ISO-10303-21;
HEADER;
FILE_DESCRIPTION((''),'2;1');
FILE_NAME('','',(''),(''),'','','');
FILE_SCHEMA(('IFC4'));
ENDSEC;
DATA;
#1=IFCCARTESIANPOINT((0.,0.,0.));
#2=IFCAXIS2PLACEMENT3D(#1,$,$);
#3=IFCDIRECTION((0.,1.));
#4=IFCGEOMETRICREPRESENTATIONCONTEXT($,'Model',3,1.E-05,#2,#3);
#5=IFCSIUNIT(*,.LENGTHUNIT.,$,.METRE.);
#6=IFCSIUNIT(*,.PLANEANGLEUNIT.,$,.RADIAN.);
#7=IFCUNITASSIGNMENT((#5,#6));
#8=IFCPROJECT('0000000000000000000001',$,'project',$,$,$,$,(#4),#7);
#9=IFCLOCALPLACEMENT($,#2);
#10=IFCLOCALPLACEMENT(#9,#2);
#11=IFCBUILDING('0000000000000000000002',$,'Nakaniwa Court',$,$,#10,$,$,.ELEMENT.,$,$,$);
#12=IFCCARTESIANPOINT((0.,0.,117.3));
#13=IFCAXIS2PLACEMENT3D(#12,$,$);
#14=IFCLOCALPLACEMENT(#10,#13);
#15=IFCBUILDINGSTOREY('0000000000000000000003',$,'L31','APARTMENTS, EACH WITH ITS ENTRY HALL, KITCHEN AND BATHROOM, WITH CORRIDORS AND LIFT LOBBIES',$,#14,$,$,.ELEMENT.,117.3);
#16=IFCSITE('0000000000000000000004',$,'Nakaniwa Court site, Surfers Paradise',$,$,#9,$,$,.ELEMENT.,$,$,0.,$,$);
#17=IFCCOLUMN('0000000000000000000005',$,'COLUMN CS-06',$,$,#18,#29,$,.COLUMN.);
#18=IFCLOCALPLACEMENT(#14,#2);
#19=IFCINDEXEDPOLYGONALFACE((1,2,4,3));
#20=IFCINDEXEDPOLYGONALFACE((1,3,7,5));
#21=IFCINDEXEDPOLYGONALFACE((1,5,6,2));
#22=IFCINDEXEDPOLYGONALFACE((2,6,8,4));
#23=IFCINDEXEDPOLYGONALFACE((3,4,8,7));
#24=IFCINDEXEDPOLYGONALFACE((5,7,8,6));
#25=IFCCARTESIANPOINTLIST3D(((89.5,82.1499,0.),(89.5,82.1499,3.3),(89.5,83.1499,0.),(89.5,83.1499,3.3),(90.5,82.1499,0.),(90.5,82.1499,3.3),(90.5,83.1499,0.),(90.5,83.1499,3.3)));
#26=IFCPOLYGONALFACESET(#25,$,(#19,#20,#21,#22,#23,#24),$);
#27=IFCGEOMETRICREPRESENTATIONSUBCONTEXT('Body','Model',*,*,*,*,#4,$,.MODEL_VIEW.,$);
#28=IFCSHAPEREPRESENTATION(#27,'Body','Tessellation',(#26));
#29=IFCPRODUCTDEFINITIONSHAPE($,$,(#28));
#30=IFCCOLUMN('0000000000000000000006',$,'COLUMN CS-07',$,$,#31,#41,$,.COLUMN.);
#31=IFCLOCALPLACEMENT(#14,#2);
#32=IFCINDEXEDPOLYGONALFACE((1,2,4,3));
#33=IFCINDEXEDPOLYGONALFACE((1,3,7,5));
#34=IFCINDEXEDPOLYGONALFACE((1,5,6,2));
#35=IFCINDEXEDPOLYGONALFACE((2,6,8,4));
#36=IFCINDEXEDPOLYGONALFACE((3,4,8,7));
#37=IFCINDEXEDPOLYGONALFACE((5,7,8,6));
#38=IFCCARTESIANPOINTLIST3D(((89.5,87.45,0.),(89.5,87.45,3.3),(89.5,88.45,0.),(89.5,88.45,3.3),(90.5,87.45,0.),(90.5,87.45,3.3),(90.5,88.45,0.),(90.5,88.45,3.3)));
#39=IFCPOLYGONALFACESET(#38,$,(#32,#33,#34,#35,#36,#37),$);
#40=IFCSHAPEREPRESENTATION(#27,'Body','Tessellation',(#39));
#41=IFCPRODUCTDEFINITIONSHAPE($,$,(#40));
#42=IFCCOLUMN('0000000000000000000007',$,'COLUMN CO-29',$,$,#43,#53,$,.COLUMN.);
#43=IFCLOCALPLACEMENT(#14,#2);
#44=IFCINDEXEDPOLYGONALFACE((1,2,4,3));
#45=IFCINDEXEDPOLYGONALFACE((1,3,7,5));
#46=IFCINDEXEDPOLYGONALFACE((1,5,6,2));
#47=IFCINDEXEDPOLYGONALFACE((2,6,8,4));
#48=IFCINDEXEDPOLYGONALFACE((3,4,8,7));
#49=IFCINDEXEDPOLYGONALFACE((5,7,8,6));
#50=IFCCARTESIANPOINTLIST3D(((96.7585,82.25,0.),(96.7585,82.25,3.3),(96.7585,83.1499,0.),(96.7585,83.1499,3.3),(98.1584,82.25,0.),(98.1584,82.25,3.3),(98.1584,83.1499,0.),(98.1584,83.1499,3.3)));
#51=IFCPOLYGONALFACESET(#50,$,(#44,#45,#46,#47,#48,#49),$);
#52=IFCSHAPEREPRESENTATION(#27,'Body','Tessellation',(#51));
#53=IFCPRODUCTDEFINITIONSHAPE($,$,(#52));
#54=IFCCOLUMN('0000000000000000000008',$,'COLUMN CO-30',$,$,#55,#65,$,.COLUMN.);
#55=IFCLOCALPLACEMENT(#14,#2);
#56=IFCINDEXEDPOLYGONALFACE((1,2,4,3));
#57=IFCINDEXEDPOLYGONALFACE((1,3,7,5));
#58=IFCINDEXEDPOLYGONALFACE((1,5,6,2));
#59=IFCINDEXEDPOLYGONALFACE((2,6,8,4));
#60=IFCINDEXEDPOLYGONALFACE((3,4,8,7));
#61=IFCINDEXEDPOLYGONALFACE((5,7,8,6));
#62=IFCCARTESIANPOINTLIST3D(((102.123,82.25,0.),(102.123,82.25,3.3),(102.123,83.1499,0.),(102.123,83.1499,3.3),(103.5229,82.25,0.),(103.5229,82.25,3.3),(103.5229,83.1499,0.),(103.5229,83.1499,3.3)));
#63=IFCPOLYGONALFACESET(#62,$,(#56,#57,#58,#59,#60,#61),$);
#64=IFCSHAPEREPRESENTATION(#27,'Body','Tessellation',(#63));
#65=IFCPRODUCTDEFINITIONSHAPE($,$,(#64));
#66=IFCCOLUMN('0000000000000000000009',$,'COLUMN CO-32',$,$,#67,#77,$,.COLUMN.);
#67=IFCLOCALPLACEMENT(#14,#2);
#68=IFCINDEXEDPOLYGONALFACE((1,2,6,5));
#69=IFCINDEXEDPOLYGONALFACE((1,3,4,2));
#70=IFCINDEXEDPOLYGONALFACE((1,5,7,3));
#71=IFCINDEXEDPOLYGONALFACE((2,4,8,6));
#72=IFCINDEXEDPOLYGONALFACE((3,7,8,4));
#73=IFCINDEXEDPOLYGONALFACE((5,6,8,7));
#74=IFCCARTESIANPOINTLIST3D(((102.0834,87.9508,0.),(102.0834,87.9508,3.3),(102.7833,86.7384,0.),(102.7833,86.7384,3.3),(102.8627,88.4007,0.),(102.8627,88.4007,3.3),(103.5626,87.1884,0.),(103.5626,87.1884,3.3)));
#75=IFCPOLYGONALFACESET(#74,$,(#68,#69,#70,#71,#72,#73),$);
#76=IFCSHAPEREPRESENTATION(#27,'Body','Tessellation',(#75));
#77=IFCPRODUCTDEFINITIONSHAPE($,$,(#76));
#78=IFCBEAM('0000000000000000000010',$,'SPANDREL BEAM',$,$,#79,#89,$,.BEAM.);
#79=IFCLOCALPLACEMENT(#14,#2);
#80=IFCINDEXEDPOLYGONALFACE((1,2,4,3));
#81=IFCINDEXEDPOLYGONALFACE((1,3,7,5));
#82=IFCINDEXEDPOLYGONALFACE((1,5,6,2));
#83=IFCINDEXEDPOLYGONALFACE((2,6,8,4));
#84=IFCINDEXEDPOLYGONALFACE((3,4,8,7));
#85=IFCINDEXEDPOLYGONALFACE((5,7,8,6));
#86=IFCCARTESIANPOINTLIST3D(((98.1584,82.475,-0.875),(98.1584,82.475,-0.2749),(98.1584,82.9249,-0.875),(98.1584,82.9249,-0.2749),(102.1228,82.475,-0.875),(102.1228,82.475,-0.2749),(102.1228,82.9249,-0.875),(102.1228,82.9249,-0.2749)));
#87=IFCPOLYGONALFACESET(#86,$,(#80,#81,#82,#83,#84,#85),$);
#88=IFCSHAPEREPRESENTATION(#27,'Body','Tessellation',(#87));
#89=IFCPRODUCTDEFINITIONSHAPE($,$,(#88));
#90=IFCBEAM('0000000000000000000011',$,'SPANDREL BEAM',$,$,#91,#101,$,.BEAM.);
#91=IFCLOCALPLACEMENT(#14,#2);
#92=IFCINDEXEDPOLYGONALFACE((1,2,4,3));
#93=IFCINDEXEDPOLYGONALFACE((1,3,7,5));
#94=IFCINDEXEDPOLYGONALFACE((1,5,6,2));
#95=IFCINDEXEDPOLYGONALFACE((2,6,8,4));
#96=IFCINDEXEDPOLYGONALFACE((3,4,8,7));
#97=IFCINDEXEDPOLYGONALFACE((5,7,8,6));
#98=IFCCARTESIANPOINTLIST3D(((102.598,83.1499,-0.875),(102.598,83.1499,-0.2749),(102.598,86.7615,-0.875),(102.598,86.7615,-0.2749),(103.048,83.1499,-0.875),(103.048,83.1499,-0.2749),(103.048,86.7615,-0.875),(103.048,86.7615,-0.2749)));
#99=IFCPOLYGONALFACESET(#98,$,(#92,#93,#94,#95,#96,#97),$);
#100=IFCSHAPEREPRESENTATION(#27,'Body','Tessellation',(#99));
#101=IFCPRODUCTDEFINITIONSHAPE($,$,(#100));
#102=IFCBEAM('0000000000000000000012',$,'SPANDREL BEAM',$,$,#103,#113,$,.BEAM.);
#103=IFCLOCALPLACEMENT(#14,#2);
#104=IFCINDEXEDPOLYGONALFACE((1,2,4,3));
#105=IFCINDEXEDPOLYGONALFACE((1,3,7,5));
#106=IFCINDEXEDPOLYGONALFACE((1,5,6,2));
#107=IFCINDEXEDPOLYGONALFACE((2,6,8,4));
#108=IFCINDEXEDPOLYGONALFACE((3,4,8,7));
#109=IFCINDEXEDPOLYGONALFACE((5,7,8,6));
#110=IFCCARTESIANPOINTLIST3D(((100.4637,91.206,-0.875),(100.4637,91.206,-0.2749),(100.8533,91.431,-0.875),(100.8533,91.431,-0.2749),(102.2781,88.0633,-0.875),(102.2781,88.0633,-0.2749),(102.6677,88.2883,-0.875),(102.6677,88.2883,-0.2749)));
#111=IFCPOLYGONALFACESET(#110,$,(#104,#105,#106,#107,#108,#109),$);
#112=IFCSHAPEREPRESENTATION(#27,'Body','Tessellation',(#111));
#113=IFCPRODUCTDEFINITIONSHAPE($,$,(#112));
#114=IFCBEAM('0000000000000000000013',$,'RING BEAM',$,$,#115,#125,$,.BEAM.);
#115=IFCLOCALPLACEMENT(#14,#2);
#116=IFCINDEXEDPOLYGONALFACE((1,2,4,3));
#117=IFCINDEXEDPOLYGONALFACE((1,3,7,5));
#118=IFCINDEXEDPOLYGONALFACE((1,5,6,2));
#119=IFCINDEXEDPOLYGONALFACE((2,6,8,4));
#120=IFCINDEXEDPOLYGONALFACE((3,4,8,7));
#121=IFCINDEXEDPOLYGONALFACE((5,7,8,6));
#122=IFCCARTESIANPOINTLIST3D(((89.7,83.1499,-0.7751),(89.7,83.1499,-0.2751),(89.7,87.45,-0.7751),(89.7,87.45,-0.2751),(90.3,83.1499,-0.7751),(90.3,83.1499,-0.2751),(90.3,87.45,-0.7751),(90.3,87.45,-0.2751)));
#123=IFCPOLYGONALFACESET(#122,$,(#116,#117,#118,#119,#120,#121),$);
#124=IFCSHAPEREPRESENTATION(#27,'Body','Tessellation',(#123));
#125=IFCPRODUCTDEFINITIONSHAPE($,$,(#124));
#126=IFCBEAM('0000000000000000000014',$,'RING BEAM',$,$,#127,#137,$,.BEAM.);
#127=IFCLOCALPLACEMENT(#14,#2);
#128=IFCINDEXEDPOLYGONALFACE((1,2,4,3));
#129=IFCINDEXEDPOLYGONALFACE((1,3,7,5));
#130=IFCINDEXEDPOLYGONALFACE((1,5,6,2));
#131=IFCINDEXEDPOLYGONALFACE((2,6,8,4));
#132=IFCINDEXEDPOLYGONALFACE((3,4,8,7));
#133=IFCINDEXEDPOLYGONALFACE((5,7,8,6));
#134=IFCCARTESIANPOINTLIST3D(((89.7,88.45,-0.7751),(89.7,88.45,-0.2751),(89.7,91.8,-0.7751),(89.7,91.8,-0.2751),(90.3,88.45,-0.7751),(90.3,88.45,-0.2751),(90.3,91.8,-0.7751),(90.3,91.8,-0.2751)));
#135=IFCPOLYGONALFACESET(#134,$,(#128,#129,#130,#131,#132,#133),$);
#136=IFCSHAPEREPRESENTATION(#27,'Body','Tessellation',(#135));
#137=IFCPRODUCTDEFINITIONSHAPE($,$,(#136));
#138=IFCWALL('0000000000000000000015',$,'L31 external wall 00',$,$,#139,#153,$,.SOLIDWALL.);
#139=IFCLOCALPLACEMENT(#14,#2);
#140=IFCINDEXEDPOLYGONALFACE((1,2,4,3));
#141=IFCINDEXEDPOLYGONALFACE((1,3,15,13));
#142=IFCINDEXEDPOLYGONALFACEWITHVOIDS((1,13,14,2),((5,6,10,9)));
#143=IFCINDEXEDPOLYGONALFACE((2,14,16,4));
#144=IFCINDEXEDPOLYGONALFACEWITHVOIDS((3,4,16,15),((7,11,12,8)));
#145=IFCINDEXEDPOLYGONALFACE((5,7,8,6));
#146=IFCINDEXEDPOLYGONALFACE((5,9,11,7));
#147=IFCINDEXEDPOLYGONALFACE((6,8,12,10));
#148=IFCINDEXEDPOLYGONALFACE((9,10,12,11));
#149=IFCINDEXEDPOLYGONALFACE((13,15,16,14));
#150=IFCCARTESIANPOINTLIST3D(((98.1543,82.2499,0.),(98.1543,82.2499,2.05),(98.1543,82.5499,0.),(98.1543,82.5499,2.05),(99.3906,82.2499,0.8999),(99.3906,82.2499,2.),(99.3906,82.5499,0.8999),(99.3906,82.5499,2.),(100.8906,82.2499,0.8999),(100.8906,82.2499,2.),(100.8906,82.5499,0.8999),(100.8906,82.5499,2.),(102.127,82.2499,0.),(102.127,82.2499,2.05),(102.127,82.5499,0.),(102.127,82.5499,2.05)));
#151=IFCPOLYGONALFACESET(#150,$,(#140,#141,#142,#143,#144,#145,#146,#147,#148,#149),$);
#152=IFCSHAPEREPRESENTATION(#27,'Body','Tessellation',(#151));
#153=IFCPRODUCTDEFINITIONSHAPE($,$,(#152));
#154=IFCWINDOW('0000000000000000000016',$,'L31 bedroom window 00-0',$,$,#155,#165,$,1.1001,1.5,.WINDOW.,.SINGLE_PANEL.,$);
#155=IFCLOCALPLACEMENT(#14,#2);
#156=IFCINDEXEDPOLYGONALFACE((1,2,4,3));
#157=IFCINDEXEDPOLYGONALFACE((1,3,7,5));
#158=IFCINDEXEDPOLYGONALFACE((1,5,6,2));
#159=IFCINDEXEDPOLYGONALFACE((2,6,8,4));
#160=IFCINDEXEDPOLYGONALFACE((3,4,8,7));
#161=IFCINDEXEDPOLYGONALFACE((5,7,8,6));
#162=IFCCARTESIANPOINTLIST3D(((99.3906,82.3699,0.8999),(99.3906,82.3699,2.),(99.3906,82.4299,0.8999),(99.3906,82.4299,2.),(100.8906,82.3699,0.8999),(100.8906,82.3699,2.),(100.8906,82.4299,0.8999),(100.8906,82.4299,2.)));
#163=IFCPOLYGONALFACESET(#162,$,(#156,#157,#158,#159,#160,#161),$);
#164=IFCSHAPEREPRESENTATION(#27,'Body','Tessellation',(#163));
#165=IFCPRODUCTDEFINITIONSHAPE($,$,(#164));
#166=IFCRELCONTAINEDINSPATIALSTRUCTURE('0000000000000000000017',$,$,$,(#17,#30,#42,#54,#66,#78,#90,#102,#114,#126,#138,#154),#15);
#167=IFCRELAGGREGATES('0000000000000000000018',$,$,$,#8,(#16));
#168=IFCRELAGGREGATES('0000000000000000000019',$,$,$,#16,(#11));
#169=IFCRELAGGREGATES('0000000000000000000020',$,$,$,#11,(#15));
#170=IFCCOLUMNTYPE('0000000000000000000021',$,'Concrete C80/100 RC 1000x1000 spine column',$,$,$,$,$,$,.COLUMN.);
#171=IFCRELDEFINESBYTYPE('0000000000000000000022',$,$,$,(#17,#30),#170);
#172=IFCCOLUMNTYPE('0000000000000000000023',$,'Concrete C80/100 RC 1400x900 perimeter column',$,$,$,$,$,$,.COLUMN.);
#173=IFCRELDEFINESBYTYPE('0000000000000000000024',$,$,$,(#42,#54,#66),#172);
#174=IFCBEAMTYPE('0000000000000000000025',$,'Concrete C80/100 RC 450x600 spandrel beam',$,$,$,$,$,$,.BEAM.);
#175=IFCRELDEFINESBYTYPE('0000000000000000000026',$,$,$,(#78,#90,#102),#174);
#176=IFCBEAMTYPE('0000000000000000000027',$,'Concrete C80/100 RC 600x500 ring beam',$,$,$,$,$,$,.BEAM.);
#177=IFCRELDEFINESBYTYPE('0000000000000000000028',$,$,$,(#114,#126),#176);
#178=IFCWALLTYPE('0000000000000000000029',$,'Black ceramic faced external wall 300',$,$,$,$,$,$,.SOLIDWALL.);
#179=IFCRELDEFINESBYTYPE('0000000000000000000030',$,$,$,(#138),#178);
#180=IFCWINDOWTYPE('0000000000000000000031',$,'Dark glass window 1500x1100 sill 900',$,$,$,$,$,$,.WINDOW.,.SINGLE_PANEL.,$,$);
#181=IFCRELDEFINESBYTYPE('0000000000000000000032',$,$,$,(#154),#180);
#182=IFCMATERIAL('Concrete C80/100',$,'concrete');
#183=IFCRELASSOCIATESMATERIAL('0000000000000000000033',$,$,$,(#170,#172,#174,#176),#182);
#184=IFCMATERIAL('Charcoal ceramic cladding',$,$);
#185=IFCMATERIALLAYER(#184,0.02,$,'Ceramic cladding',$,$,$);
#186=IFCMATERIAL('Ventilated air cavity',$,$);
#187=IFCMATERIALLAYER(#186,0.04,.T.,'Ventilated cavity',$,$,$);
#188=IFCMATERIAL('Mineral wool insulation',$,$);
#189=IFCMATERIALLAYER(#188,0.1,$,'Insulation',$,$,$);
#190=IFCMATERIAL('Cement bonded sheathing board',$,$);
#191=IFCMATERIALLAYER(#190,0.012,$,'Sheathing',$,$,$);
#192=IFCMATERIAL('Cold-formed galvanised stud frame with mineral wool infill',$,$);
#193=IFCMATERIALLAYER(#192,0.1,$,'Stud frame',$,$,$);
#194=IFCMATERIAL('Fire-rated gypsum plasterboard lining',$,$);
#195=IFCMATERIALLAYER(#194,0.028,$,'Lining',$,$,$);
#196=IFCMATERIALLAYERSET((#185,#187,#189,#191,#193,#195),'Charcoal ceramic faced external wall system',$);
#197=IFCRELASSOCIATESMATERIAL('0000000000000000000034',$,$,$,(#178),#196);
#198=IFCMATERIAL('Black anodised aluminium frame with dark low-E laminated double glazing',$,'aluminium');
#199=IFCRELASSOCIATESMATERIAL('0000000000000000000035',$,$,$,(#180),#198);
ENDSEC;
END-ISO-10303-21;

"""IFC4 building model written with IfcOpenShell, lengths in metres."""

from ifc_helpers import new_model, si_unit, direction, frame, frame_2d, origin, origin_2d, place, context, subcontext, project, spatial, rectangle, extrude, material, layer, layer_set, material_profile, profile_set, type_object, element, fill, save


model = new_model("IFC4")

# Units and contexts
model_context = context("Model", 3, precision=1e-05, world=origin(), true_north=direction((0.0, 1.0)))
body_context = subcontext(model_context, "Body", "Model", "MODEL_VIEW")
ifc_project = project(units=[si_unit("LENGTHUNIT", "METRE"), si_unit("PLANEANGLEUNIT", "RADIAN")], contexts=[model_context])

# Site, building, storey
site_placement = place(None, origin())
site = spatial("IfcSite", under=ifc_project, at=site_placement, Name="Nakaniwa Court site, Surfers Paradise", CompositionType="ELEMENT", RefElevation=0.0)
building_placement = place(site_placement, origin())
building = spatial("IfcBuilding", under=site, at=building_placement, Name="Nakaniwa Court", CompositionType="ELEMENT")
storey_placement = place(building_placement, frame((0.0, 0.0, 117.3)))
storey = spatial("IfcBuildingStorey", under=building, at=storey_placement, Name="L31", Description="APARTMENTS, EACH WITH ITS ENTRY HALL, KITCHEN AND BATHROOM, WITH CORRIDORS AND LIFT LOBBIES", CompositionType="ELEMENT", Elevation=117.3)

# Columns
ifc_material_1 = material(Name="Concrete C80/100", Category="concrete")
ifc_material_profile_1 = material_profile(ifc_material_1, rectangle(XDim=1.0, YDim=1.0, at=origin_2d()), Name="Concrete C80/100 RC 1000x1000 spine column")
ifc_profile_set_1 = profile_set([ifc_material_profile_1], Name="Concrete C80/100")
column_type_1 = type_object("IfcColumnType", Name="Concrete C80/100 RC 1000x1000 spine column", PredefinedType="COLUMN", material=ifc_profile_set_1)
for number, where, z_axis, x_axis, name in (
    (1, (90.0, 82.6499, 0.0), (0.0, 0.0, 1.0), (0.0, 1.0, 0.0), "COLUMN CS-06"),
    (2, (90.0, 87.95, 0.0), (0.0, 0.0, 1.0), (0.0, 1.0, 0.0), "COLUMN CS-07"),
):
    element("IfcColumn", number, at=place(storey_placement, frame(where, z_axis=z_axis, x_axis=x_axis)), inside=storey, type_object=column_type_1, Name=name, PredefinedType="COLUMN", context=body_context, shape_type="SweptSolid", body=[
        extrude(rectangle(XDim=1.0, YDim=1.0, at=origin_2d()), origin(), (0.0, 0.0, 1.0), 3.3),
    ])
ifc_material_profile_2 = material_profile(ifc_material_1, rectangle(XDim=1.3999, YDim=0.8999, at=origin_2d()), Name="Concrete C80/100 RC 1400x900 perimeter column")
ifc_profile_set_2 = profile_set([ifc_material_profile_2], Name="Concrete C80/100")
column_type_2 = type_object("IfcColumnType", Name="Concrete C80/100 RC 1400x900 perimeter column", PredefinedType="COLUMN", material=ifc_profile_set_2)
for number, where, z_axis, x_axis, name in (
    (3, (97.4585, 82.7, 0.0), (0.0, 0.0, 1.0), (1.0, 0.0, 0.0), "COLUMN CO-29"),
    (4, (102.823, 82.7, 0.0), (0.0, 0.0, 1.0), (1.0, 0.0, 0.0), "COLUMN CO-30"),
    (5, (102.823, 87.5696, 0.0), (0.0, 0.0, 1.0), (-0.5, 0.866025, 0.0), "COLUMN CO-32"),
):
    element("IfcColumn", number, at=place(storey_placement, frame(where, z_axis=z_axis, x_axis=x_axis)), inside=storey, type_object=column_type_2, Name=name, PredefinedType="COLUMN", context=body_context, shape_type="SweptSolid", body=[
        extrude(rectangle(XDim=1.3999, YDim=0.8999, at=origin_2d()), origin(), (0.0, 0.0, 1.0), 3.3),
    ])

# Beams
ifc_material_profile_3 = material_profile(ifc_material_1, rectangle(XDim=0.45, YDim=0.6001, at=origin_2d()), Name="Concrete C80/100 RC 450x600 spandrel beam")
ifc_profile_set_3 = profile_set([ifc_material_profile_3], Name="Concrete C80/100")
beam_type_1 = type_object("IfcBeamType", Name="Concrete C80/100 RC 450x600 spandrel beam", PredefinedType="BEAM", material=ifc_profile_set_3)
beam_1_placement = place(storey_placement, frame((98.1584, 82.7, -0.575), z_axis=(1.0, 0.0, 0.0), x_axis=(0.0, 1.0, 0.0)))
element("IfcBeam", 6, at=beam_1_placement, inside=storey, type_object=beam_type_1, Name="SPANDREL BEAM", PredefinedType="BEAM", context=body_context, shape_type="SweptSolid", body=[
    extrude(rectangle(XDim=0.45, YDim=0.6001, at=origin_2d()), origin(), (0.0, 0.0, 1.0), 3.9644),
])
beam_2_placement = place(storey_placement, frame((102.823, 83.1499, -0.575), z_axis=(0.0, 1.0, 0.0), x_axis=(-1.0, 0.0, 0.0)))
element("IfcBeam", 7, at=beam_2_placement, inside=storey, type_object=beam_type_1, Name="SPANDREL BEAM", PredefinedType="BEAM", context=body_context, shape_type="SweptSolid", body=[
    extrude(rectangle(XDim=0.45, YDim=0.6001, at=origin_2d()), origin(), (0.0, 0.0, 1.0), 3.6116),
])
beam_3_placement = place(storey_placement, frame((102.4729, 88.1758, -0.575), z_axis=(-0.499988, 0.866032, 0.0), x_axis=(-0.866032, -0.499988, 0.0)))
element("IfcBeam", 8, at=beam_3_placement, inside=storey, type_object=beam_type_1, Name="SPANDREL BEAM", PredefinedType="BEAM", context=body_context, shape_type="SweptSolid", body=[
    extrude(rectangle(XDim=0.45, YDim=0.6001, at=origin_2d()), origin(), (0.0, 0.0, 1.0), 3.6289),
])
ifc_material_profile_4 = material_profile(ifc_material_1, rectangle(XDim=0.6001, YDim=0.5, at=origin_2d()), Name="Concrete C80/100 RC 600x500 ring beam")
ifc_profile_set_4 = profile_set([ifc_material_profile_4], Name="Concrete C80/100")
beam_type_2 = type_object("IfcBeamType", Name="Concrete C80/100 RC 600x500 ring beam", PredefinedType="BEAM", material=ifc_profile_set_4)
beam_4_placement = place(storey_placement, frame((90.0, 83.1499, -0.5251), z_axis=(0.0, 1.0, 0.0), x_axis=(-1.0, 0.0, 0.0)))
element("IfcBeam", 9, at=beam_4_placement, inside=storey, type_object=beam_type_2, Name="RING BEAM", PredefinedType="BEAM", context=body_context, shape_type="SweptSolid", body=[
    extrude(rectangle(XDim=0.6001, YDim=0.5, at=origin_2d()), origin(), (0.0, 0.0, 1.0), 4.3),
])
beam_5_placement = place(storey_placement, frame((90.0, 88.45, -0.5251), z_axis=(0.0, 1.0, 0.0), x_axis=(-1.0, 0.0, 0.0)))
element("IfcBeam", 10, at=beam_5_placement, inside=storey, type_object=beam_type_2, Name="RING BEAM", PredefinedType="BEAM", context=body_context, shape_type="SweptSolid", body=[
    extrude(rectangle(XDim=0.6001, YDim=0.5, at=origin_2d()), origin(), (0.0, 0.0, 1.0), 3.3501),
])

# Wall, opening, window
ifc_material_2 = material(Name="Charcoal ceramic cladding")
ifc_layer_1 = layer(ifc_material_2, 0.02, Name="Ceramic cladding")
ifc_material_3 = material(Name="Ventilated air cavity")
ifc_layer_2 = layer(ifc_material_3, 0.04, ventilated=True, Name="Ventilated cavity")
ifc_material_4 = material(Name="Mineral wool insulation")
ifc_layer_3 = layer(ifc_material_4, 0.1, Name="Insulation")
ifc_material_5 = material(Name="Cement bonded sheathing board")
ifc_layer_4 = layer(ifc_material_5, 0.012, Name="Sheathing")
ifc_material_6 = material(Name="Cold-formed galvanised stud frame with mineral wool infill")
ifc_layer_5 = layer(ifc_material_6, 0.1, Name="Stud frame")
ifc_material_7 = material(Name="Fire-rated gypsum plasterboard lining")
ifc_layer_6 = layer(ifc_material_7, 0.028, Name="Lining")
ifc_layer_set_1 = layer_set([ifc_layer_1, ifc_layer_2, ifc_layer_3, ifc_layer_4, ifc_layer_5, ifc_layer_6], Name="Charcoal ceramic faced external wall system")
wall_type_1 = type_object("IfcWallType", Name="Black ceramic faced external wall 300", PredefinedType="SOLIDWALL", material=ifc_layer_set_1)
wall_1_placement = place(storey_placement, frame((98.1543, 82.3999, 0.0), z_axis=(0.0, 0.0, 1.0), x_axis=(1.0, 0.0, 0.0)))
wall_1 = element("IfcWall", 11, at=wall_1_placement, inside=storey, type_object=wall_type_1, Name="L31 external wall 00", PredefinedType="SOLIDWALL", context=body_context, shape_type="SweptSolid", body=[
    extrude(rectangle(XDim=3.9727, YDim=0.3, at=frame_2d((1.9863, 0.0))), origin(), (0.0, 0.0, 1.0), 2.05),
])
opening_1_placement = place(wall_1_placement, frame((1.2363, 0.0, 0.8999)))
opening_1 = element("IfcOpeningElement", 12, at=opening_1_placement, cuts=wall_1, PredefinedType="OPENING", context=body_context, shape_type="SweptSolid", body=[
    extrude(rectangle(XDim=1.5, YDim=1.1001, at=frame_2d((0.75, 0.55))), frame((0.0, 0.1599, 0.0), z_axis=(0.0, -1.0, 0.0), x_axis=(1.0, 0.0, 0.0)), (0.0, 0.0, 1.0), 0.3201),
])
ifc_material_8 = material(Name="Black anodised aluminium frame with dark low-E laminated double glazing", Category="aluminium")
window_type = type_object("IfcWindowType", Name="Dark glass window 1500x1100 sill 900", PartitioningType="SINGLE_PANEL", PredefinedType="WINDOW", material=ifc_material_8)
window_1_placement = place(opening_1_placement, origin())
window_1 = element("IfcWindow", 13, at=window_1_placement, inside=storey, type_object=window_type, Name="L31 bedroom window 00-0", OverallHeight=1.1001, OverallWidth=1.5, PartitioningType="SINGLE_PANEL", PredefinedType="WINDOW", context=body_context, shape_type="SweptSolid", body=[
    extrude(rectangle(XDim=1.5, YDim=1.1001, at=frame_2d((0.75, 0.55))), frame((0.0, 0.03, 0.0), z_axis=(0.0, -1.0, 0.0), x_axis=(1.0, 0.0, 0.0)), (0.0, 0.0, 1.0), 0.0601),
])
fill(opening_1, window_1)

save(model, "model.ifc")
